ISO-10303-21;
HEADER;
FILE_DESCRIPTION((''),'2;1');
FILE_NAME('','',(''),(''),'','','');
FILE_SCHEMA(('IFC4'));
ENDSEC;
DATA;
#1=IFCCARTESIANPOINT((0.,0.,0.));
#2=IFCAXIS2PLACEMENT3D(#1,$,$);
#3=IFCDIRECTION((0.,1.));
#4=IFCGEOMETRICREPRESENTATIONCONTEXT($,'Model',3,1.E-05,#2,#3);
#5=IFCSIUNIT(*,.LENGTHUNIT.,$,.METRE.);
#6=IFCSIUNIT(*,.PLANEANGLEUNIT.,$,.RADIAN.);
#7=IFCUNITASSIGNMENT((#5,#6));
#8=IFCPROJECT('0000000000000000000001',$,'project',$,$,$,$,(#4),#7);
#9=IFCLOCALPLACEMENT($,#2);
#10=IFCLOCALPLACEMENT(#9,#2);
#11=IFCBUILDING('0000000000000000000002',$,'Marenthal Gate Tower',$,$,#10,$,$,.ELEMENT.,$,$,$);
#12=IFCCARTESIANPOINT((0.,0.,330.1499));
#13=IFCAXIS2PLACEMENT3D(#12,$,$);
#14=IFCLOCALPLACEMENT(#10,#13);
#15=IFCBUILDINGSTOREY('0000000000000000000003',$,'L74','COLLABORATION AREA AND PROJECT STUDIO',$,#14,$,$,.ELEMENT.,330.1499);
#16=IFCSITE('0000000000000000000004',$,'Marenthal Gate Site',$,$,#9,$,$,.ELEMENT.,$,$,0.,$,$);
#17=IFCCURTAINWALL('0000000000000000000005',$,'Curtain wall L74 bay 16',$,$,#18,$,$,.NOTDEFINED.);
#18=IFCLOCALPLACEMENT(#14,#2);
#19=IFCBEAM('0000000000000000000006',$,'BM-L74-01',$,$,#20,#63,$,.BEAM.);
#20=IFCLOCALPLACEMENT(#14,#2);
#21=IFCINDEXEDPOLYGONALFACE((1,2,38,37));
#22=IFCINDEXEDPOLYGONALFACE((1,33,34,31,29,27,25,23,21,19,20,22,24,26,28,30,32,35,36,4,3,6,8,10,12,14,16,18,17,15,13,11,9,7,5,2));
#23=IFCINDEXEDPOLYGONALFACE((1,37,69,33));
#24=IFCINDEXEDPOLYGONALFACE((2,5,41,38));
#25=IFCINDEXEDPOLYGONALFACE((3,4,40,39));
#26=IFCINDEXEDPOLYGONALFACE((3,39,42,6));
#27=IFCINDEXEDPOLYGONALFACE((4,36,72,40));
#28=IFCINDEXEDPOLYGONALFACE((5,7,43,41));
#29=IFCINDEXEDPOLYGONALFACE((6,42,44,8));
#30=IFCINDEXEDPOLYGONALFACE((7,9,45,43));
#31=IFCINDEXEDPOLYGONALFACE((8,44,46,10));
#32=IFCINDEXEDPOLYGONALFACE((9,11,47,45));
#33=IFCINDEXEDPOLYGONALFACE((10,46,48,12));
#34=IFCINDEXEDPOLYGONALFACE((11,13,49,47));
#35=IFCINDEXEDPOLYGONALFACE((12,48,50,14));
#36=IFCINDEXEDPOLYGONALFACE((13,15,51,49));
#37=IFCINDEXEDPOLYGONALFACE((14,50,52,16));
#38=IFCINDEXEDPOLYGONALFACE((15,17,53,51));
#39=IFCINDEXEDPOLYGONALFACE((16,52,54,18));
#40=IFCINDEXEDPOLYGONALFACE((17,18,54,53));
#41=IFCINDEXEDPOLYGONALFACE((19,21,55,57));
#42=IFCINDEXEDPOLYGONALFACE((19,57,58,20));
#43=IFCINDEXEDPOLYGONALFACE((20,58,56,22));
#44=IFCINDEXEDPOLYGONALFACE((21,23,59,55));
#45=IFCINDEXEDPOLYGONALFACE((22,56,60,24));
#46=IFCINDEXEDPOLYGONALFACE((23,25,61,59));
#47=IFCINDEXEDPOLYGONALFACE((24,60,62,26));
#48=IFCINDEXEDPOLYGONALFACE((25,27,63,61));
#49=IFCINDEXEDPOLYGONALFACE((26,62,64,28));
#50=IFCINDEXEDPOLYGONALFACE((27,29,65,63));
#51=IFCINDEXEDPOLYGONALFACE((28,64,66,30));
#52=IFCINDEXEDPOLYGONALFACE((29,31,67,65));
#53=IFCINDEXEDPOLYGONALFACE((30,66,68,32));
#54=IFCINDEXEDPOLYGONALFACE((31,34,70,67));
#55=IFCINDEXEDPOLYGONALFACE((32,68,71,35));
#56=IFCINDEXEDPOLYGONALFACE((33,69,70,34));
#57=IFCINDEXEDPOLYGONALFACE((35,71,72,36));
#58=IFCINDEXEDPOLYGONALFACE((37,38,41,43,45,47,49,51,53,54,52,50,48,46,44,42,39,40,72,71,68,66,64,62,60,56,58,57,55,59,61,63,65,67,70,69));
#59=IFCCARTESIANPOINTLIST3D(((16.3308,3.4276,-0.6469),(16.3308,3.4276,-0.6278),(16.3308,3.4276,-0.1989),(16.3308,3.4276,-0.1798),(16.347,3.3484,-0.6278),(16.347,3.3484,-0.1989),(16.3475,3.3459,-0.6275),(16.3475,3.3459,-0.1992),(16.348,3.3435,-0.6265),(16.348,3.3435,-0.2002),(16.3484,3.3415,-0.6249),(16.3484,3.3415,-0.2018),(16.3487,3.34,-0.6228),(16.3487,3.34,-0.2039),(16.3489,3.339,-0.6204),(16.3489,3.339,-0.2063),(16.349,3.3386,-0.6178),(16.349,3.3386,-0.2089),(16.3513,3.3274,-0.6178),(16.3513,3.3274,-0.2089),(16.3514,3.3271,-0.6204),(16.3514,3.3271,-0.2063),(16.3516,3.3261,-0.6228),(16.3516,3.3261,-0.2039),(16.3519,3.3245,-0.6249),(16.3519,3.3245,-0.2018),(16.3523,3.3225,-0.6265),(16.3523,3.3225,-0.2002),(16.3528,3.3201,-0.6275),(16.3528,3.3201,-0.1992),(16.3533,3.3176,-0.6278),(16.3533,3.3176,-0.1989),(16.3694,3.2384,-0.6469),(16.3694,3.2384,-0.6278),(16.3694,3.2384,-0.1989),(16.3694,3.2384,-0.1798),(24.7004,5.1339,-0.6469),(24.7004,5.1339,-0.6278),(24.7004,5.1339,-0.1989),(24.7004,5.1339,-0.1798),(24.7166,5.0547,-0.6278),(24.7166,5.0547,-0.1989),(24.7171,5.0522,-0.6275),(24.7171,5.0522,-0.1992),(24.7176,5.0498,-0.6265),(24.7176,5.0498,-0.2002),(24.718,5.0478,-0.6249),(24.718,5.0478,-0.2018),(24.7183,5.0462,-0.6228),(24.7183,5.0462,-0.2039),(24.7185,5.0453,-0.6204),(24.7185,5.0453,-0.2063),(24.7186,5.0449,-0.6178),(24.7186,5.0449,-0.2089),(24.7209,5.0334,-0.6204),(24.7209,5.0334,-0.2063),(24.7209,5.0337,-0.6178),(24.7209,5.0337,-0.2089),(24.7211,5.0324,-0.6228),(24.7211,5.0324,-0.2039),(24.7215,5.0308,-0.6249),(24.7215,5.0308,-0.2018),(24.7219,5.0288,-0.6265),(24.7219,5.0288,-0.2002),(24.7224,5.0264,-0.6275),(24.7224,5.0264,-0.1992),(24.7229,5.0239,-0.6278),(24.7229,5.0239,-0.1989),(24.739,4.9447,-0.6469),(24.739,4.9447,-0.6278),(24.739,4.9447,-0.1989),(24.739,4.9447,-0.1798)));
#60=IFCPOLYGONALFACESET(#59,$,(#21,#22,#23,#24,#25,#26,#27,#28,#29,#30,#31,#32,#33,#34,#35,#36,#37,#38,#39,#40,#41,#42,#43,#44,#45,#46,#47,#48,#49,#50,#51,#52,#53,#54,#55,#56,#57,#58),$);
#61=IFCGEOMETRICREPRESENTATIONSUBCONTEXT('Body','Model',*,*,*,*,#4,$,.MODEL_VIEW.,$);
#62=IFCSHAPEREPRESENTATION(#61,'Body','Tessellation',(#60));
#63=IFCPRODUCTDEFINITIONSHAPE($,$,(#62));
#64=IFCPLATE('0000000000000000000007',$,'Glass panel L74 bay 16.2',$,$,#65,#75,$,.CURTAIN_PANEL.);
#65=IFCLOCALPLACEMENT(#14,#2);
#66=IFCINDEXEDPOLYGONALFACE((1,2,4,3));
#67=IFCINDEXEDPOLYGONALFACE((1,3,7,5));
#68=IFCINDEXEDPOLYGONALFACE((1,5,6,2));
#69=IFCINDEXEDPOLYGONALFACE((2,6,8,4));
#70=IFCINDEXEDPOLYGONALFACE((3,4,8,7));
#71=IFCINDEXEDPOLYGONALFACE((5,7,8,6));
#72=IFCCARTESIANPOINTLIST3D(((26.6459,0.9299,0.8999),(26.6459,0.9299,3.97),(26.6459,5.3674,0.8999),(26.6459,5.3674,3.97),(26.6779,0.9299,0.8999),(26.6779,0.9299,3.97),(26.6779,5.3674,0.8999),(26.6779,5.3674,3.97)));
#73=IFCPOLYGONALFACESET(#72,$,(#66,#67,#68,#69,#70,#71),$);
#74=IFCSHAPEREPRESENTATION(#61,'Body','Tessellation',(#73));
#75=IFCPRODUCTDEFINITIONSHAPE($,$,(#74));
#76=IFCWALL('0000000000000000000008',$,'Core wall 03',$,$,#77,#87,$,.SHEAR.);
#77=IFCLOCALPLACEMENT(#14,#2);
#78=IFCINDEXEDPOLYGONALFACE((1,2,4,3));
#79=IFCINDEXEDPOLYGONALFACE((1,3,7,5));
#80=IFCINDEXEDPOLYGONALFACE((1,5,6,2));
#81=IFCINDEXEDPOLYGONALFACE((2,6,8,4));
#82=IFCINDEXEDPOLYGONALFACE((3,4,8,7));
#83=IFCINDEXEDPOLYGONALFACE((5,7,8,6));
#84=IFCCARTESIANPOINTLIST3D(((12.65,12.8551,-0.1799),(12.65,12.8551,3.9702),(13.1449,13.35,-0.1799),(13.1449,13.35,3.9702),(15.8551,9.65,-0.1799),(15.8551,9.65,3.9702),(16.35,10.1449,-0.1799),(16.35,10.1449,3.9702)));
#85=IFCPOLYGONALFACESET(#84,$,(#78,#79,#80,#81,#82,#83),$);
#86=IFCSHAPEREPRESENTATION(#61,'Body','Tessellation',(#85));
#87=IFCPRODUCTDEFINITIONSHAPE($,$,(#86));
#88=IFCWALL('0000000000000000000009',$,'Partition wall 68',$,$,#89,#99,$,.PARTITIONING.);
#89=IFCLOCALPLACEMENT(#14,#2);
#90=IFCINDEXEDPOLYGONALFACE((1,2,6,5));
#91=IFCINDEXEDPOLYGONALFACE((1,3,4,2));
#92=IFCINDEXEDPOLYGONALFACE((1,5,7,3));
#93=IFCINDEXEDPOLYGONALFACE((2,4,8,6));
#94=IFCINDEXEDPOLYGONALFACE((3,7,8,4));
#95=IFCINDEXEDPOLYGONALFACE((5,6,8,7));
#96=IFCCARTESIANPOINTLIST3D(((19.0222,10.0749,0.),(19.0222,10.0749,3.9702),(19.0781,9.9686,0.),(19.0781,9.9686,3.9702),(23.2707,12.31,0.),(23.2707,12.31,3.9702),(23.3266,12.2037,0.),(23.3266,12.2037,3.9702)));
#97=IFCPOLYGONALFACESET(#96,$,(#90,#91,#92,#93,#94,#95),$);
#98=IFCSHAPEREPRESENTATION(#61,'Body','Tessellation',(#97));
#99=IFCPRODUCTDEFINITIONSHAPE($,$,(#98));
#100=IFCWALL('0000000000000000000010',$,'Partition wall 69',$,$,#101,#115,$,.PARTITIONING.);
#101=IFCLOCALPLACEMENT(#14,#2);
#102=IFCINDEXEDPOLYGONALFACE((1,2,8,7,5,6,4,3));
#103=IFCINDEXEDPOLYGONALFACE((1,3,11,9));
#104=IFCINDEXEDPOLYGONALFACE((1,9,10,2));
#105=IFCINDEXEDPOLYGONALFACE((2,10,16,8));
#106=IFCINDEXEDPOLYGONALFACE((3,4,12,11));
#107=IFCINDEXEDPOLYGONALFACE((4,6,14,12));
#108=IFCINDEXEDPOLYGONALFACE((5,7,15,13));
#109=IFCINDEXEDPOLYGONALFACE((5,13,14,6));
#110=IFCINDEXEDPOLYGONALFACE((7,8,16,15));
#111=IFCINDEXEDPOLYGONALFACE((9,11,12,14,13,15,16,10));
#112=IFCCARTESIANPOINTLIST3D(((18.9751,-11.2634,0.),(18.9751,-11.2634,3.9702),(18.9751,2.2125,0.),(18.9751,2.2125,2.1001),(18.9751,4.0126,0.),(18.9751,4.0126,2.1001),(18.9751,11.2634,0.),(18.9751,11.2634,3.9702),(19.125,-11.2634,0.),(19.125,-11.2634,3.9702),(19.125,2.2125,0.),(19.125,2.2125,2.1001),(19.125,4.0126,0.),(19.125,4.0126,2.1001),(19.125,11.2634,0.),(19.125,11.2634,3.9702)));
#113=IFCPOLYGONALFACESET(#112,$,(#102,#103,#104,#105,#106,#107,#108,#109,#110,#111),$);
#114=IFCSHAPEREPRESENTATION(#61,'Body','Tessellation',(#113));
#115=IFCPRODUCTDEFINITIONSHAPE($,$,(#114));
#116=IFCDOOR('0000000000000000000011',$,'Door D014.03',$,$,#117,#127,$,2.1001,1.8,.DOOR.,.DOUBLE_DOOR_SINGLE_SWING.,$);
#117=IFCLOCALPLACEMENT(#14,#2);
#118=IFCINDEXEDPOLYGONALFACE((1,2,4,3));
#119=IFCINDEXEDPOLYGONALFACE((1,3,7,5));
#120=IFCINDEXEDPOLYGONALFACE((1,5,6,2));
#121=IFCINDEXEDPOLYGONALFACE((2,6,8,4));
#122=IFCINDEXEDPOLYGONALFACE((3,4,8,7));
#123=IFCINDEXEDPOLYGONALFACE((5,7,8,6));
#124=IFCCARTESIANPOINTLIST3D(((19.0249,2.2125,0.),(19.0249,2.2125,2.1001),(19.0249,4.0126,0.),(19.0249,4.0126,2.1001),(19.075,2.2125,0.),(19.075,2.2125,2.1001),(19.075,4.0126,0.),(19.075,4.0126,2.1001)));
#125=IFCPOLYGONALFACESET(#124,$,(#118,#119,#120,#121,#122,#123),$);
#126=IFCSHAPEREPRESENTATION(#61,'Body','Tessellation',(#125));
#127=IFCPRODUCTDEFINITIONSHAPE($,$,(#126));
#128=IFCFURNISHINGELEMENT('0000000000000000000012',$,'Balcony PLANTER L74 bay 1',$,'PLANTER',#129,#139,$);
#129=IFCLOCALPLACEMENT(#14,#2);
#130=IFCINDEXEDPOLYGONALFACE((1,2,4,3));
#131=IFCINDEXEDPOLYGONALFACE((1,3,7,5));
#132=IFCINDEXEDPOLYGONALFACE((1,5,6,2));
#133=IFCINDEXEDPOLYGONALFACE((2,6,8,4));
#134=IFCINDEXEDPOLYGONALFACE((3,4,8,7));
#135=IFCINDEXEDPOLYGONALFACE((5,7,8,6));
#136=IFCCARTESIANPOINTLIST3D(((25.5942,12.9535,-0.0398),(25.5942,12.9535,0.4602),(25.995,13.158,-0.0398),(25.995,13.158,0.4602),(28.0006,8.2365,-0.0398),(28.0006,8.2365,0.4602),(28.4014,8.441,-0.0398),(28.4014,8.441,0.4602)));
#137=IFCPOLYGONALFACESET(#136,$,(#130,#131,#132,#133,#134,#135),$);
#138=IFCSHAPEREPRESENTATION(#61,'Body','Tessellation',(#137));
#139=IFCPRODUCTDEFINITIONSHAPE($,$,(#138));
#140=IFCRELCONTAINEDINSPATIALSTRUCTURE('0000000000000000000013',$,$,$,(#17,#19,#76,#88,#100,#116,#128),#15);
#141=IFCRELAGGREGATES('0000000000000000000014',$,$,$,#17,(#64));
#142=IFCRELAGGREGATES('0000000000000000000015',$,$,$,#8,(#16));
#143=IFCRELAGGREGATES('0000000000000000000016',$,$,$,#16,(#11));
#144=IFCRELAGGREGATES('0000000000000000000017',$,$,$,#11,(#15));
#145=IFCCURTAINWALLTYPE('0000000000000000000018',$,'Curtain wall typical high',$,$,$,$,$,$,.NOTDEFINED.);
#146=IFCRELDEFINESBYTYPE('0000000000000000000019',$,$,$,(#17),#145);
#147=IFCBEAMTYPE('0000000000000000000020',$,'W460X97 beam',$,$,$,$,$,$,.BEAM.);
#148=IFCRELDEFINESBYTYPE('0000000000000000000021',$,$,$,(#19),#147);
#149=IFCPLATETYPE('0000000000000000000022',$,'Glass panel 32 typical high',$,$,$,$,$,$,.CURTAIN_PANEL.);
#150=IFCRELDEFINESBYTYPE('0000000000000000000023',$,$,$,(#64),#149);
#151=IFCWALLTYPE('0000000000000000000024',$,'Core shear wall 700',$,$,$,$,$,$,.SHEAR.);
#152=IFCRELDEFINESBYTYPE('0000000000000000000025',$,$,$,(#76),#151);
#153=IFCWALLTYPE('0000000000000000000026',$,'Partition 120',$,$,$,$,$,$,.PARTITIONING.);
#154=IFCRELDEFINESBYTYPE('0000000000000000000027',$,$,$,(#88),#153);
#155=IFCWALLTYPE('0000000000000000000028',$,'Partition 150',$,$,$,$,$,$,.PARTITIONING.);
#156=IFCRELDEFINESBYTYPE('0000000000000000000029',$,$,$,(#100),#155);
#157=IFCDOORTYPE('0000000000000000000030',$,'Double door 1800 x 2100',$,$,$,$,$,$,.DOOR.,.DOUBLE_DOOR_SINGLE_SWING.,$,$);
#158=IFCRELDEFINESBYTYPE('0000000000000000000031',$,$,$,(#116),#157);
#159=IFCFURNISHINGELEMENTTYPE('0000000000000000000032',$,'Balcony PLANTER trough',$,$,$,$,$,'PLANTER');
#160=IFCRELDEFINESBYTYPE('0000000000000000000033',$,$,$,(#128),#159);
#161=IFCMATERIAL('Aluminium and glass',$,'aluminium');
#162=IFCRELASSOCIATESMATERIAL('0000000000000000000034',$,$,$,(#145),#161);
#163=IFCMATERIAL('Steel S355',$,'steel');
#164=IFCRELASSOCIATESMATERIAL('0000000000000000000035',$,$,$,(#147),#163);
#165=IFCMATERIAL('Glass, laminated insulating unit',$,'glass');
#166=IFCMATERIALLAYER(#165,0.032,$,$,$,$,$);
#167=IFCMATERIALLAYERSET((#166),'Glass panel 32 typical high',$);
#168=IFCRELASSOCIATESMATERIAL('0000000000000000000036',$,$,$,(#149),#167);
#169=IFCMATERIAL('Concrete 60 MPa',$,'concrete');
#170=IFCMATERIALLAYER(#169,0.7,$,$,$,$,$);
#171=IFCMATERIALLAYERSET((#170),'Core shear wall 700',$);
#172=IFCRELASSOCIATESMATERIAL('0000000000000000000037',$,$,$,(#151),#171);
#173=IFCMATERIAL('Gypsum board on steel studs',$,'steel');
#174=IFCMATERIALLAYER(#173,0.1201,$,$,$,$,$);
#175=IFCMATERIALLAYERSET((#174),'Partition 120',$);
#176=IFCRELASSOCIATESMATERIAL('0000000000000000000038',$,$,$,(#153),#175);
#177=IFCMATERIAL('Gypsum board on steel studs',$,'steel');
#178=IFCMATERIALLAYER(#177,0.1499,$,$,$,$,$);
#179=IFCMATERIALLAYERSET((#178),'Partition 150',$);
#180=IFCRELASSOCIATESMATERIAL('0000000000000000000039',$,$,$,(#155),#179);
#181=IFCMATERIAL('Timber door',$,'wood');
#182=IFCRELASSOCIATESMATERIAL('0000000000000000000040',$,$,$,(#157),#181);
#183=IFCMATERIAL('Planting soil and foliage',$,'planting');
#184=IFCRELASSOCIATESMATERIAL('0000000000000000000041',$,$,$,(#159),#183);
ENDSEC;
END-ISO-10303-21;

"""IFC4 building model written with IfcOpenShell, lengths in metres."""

from ifc_helpers import new_model, si_unit, direction, frame, frame_2d, origin, origin_2d, place, context, subcontext, project, spatial, rectangle, i_section, extrude, material, layer, layer_set, material_profile, profile_set, type_object, element, fill, aggregate, save


model = new_model("IFC4")

# Units and contexts
model_context = context("Model", 3, precision=1e-05, world=origin(), true_north=direction((0.0, 1.0)))
body_context = subcontext(model_context, "Body", "Model", "MODEL_VIEW")
ifc_project = project(units=[si_unit("LENGTHUNIT", "METRE"), si_unit("PLANEANGLEUNIT", "RADIAN")], contexts=[model_context])

# Site, building, storey
site_placement = place(None, origin())
site = spatial("IfcSite", under=ifc_project, at=site_placement, Name="Marenthal Gate Site", CompositionType="ELEMENT", RefElevation=0.0)
building_placement = place(site_placement, origin())
building = spatial("IfcBuilding", under=site, at=building_placement, Name="Marenthal Gate Tower", CompositionType="ELEMENT")
storey_placement = place(building_placement, frame((0.0, 0.0, 330.1499)))
storey = spatial("IfcBuildingStorey", under=building, at=storey_placement, Name="L74", Description="COLLABORATION AREA AND PROJECT STUDIO", CompositionType="ELEMENT", Elevation=330.1499)

# Curtain wall
ifc_material_1 = material(Name="Aluminium and glass", Category="aluminium")
curtain_wall_type = type_object("IfcCurtainWallType", Name="Curtain wall typical high", PredefinedType="NOTDEFINED", material=ifc_material_1)
curtain_wall_placement = place(storey_placement, origin())
curtain_wall = element("IfcCurtainWall", 1, at=curtain_wall_placement, inside=storey, type_object=curtain_wall_type, Name="Curtain wall L74 bay 16", PredefinedType="NOTDEFINED")

# Beam
ifc_material_2 = material(Name="Steel S355", Category="steel")
ifc_material_profile_1 = material_profile(ifc_material_2, i_section(OverallWidth=0.1931, OverallDepth=0.467, WebThickness=0.0115, FlangeThickness=0.019, FilletRadius=0.01, at=origin_2d()), Name="W460X97")
ifc_profile_set_1 = profile_set([ifc_material_profile_1], Name="Steel S355")
beam_type_1 = type_object("IfcBeamType", Name="W460X97 beam", PredefinedType="BEAM", material=ifc_profile_set_1)
beam_1_placement = place(storey_placement, frame((24.7197, 5.0393, -0.4133), z_axis=(-0.979845, -0.199759, 0.0), x_axis=(0.199759, -0.979845, 0.0)))
element("IfcBeam", 2, at=beam_1_placement, inside=storey, type_object=beam_type_1, Name="BM-L74-01", PredefinedType="BEAM", context=body_context, shape_type="SweptSolid", body=[
    extrude(i_section(OverallWidth=0.1931, OverallDepth=0.467, WebThickness=0.0115, FlangeThickness=0.019, FilletRadius=0.01, at=origin_2d()), origin(), (0.0, 0.0, 1.0), 8.5417),
])

# Plate
ifc_material_3 = material(Name="Glass, laminated insulating unit", Category="glass")
ifc_layer_1 = layer(ifc_material_3, 0.032)
ifc_layer_set_1 = layer_set([ifc_layer_1], Name="Glass panel 32 typical high")
plate_type = type_object("IfcPlateType", Name="Glass panel 32 typical high", PredefinedType="CURTAIN_PANEL", material=ifc_layer_set_1)
plate_placement = place(storey_placement, frame((26.6619, 3.1487, 0.8999), z_axis=(0.0, 0.0, 1.0), x_axis=(0.0, 1.0, 0.0)))
plate = element("IfcPlate", 3, at=plate_placement, type_object=plate_type, Name="Glass panel L74 bay 16.2", PredefinedType="CURTAIN_PANEL", context=body_context, shape_type="SweptSolid", body=[
    extrude(rectangle(XDim=4.4375, YDim=0.032, at=origin_2d()), origin(), (0.0, 0.0, 1.0), 3.0701),
])
aggregate(curtain_wall, [plate])

# Walls
ifc_material_4 = material(Name="Concrete 60 MPa", Category="concrete")
ifc_layer_2 = layer(ifc_material_4, 0.7)
ifc_layer_set_2 = layer_set([ifc_layer_2], Name="Core shear wall 700")
wall_type_1 = type_object("IfcWallType", Name="Core shear wall 700", PredefinedType="SHEAR", material=ifc_layer_set_2)
wall_1_placement = place(storey_placement, frame((16.1025, 9.8975, -0.1799), z_axis=(0.0, 0.0, 1.0), x_axis=(-0.707107, 0.707107, 0.0)))
element("IfcWall", 4, at=wall_1_placement, inside=storey, type_object=wall_type_1, Name="Core wall 03", PredefinedType="SHEAR", context=body_context, shape_type="SweptSolid", body=[
    extrude(rectangle(XDim=4.5327, YDim=0.7, at=frame_2d((2.2664, 0.0))), origin(), (0.0, 0.0, 1.0), 4.1501),
])
ifc_material_5 = material(Name="Gypsum board on steel studs", Category="steel")
ifc_layer_3 = layer(ifc_material_5, 0.1201)
ifc_layer_set_3 = layer_set([ifc_layer_3], Name="Partition 120")
wall_type_2 = type_object("IfcWallType", Name="Partition 120", PredefinedType="PARTITIONING", material=ifc_layer_set_3)
wall_2_placement = place(storey_placement, frame((19.05, 10.0217, 0.0), z_axis=(0.0, 0.0, 1.0), x_axis=(0.885001, 0.465589, 0.0)))
element("IfcWall", 5, at=wall_2_placement, inside=storey, type_object=wall_type_2, Name="Partition wall 68", PredefinedType="PARTITIONING", context=body_context, shape_type="SweptSolid", body=[
    extrude(rectangle(XDim=4.8005, YDim=0.1201, at=frame_2d((2.4004, 0.0))), origin(), (0.0, 0.0, 1.0), 3.9702),
])

# Wall, opening, door
ifc_material_6 = material(Name="Gypsum board on steel studs", Category="steel")
ifc_layer_4 = layer(ifc_material_6, 0.1499)
ifc_layer_set_4 = layer_set([ifc_layer_4], Name="Partition 150")
wall_type_3 = type_object("IfcWallType", Name="Partition 150", PredefinedType="PARTITIONING", material=ifc_layer_set_4)
wall_3_placement = place(storey_placement, frame((19.05, 11.2634, 0.0), z_axis=(0.0, 0.0, 1.0), x_axis=(0.0, -1.0, 0.0)))
wall_3 = element("IfcWall", 6, at=wall_3_placement, inside=storey, type_object=wall_type_3, Name="Partition wall 69", PredefinedType="PARTITIONING", context=body_context, shape_type="SweptSolid", body=[
    extrude(rectangle(XDim=22.5269, YDim=0.1499, at=frame_2d((11.2634, 0.0))), origin(), (0.0, 0.0, 1.0), 3.9702),
])
opening_1_placement = place(wall_3_placement, frame((7.251, 0.0, 0.0)))
opening_1 = element("IfcOpeningElement", 7, at=opening_1_placement, cuts=wall_3, PredefinedType="OPENING", context=body_context, shape_type="SweptSolid", body=[
    extrude(rectangle(XDim=1.8, YDim=2.1001, at=frame_2d((0.8999, 1.05))), frame((0.0, 0.085, 0.0), z_axis=(0.0, -1.0, 0.0), x_axis=(1.0, 0.0, 0.0)), (0.0, 0.0, 1.0), 0.1699),
])
ifc_material_7 = material(Name="Timber door", Category="wood")
door_type_1 = type_object("IfcDoorType", Name="Double door 1800 x 2100", OperationType="DOUBLE_DOOR_SINGLE_SWING", PredefinedType="DOOR", material=ifc_material_7)
door_1_placement = place(opening_1_placement, origin())
door_1 = element("IfcDoor", 8, at=door_1_placement, inside=storey, type_object=door_type_1, Name="Door D014.03", OperationType="DOUBLE_DOOR_SINGLE_SWING", OverallHeight=2.1001, OverallWidth=1.8, PredefinedType="DOOR", context=body_context, shape_type="SweptSolid", body=[
    extrude(rectangle(XDim=1.8, YDim=2.1001, at=frame_2d((0.8999, 1.05))), frame((0.0, 0.0249, 0.0), z_axis=(0.0, -1.0, 0.0), x_axis=(1.0, 0.0, 0.0)), (0.0, 0.0, 1.0), 0.05),
])
fill(opening_1, door_1)

# Furnishing element
ifc_material_8 = material(Name="Planting soil and foliage", Category="planting")
furnishing_element_type = type_object("IfcFurnishingElementType", Name="Balcony PLANTER trough", ElementType="PLANTER", material=ifc_material_8)
furnishing_placement = place(storey_placement, frame((26.9978, 10.6973, -0.0398), z_axis=(0.0, 0.0, 1.0), x_axis=(-0.454443, 0.890776, 0.0)))
element("IfcFurnishingElement", 9, at=furnishing_placement, inside=storey, type_object=furnishing_element_type, Name="Balcony PLANTER L74 bay 1", ObjectType="PLANTER", context=body_context, shape_type="SweptSolid", body=[
    extrude(rectangle(XDim=5.2954, YDim=0.45, at=origin_2d()), origin(), (0.0, 0.0, 1.0), 0.5),
])

save(model, "model.ifc")
